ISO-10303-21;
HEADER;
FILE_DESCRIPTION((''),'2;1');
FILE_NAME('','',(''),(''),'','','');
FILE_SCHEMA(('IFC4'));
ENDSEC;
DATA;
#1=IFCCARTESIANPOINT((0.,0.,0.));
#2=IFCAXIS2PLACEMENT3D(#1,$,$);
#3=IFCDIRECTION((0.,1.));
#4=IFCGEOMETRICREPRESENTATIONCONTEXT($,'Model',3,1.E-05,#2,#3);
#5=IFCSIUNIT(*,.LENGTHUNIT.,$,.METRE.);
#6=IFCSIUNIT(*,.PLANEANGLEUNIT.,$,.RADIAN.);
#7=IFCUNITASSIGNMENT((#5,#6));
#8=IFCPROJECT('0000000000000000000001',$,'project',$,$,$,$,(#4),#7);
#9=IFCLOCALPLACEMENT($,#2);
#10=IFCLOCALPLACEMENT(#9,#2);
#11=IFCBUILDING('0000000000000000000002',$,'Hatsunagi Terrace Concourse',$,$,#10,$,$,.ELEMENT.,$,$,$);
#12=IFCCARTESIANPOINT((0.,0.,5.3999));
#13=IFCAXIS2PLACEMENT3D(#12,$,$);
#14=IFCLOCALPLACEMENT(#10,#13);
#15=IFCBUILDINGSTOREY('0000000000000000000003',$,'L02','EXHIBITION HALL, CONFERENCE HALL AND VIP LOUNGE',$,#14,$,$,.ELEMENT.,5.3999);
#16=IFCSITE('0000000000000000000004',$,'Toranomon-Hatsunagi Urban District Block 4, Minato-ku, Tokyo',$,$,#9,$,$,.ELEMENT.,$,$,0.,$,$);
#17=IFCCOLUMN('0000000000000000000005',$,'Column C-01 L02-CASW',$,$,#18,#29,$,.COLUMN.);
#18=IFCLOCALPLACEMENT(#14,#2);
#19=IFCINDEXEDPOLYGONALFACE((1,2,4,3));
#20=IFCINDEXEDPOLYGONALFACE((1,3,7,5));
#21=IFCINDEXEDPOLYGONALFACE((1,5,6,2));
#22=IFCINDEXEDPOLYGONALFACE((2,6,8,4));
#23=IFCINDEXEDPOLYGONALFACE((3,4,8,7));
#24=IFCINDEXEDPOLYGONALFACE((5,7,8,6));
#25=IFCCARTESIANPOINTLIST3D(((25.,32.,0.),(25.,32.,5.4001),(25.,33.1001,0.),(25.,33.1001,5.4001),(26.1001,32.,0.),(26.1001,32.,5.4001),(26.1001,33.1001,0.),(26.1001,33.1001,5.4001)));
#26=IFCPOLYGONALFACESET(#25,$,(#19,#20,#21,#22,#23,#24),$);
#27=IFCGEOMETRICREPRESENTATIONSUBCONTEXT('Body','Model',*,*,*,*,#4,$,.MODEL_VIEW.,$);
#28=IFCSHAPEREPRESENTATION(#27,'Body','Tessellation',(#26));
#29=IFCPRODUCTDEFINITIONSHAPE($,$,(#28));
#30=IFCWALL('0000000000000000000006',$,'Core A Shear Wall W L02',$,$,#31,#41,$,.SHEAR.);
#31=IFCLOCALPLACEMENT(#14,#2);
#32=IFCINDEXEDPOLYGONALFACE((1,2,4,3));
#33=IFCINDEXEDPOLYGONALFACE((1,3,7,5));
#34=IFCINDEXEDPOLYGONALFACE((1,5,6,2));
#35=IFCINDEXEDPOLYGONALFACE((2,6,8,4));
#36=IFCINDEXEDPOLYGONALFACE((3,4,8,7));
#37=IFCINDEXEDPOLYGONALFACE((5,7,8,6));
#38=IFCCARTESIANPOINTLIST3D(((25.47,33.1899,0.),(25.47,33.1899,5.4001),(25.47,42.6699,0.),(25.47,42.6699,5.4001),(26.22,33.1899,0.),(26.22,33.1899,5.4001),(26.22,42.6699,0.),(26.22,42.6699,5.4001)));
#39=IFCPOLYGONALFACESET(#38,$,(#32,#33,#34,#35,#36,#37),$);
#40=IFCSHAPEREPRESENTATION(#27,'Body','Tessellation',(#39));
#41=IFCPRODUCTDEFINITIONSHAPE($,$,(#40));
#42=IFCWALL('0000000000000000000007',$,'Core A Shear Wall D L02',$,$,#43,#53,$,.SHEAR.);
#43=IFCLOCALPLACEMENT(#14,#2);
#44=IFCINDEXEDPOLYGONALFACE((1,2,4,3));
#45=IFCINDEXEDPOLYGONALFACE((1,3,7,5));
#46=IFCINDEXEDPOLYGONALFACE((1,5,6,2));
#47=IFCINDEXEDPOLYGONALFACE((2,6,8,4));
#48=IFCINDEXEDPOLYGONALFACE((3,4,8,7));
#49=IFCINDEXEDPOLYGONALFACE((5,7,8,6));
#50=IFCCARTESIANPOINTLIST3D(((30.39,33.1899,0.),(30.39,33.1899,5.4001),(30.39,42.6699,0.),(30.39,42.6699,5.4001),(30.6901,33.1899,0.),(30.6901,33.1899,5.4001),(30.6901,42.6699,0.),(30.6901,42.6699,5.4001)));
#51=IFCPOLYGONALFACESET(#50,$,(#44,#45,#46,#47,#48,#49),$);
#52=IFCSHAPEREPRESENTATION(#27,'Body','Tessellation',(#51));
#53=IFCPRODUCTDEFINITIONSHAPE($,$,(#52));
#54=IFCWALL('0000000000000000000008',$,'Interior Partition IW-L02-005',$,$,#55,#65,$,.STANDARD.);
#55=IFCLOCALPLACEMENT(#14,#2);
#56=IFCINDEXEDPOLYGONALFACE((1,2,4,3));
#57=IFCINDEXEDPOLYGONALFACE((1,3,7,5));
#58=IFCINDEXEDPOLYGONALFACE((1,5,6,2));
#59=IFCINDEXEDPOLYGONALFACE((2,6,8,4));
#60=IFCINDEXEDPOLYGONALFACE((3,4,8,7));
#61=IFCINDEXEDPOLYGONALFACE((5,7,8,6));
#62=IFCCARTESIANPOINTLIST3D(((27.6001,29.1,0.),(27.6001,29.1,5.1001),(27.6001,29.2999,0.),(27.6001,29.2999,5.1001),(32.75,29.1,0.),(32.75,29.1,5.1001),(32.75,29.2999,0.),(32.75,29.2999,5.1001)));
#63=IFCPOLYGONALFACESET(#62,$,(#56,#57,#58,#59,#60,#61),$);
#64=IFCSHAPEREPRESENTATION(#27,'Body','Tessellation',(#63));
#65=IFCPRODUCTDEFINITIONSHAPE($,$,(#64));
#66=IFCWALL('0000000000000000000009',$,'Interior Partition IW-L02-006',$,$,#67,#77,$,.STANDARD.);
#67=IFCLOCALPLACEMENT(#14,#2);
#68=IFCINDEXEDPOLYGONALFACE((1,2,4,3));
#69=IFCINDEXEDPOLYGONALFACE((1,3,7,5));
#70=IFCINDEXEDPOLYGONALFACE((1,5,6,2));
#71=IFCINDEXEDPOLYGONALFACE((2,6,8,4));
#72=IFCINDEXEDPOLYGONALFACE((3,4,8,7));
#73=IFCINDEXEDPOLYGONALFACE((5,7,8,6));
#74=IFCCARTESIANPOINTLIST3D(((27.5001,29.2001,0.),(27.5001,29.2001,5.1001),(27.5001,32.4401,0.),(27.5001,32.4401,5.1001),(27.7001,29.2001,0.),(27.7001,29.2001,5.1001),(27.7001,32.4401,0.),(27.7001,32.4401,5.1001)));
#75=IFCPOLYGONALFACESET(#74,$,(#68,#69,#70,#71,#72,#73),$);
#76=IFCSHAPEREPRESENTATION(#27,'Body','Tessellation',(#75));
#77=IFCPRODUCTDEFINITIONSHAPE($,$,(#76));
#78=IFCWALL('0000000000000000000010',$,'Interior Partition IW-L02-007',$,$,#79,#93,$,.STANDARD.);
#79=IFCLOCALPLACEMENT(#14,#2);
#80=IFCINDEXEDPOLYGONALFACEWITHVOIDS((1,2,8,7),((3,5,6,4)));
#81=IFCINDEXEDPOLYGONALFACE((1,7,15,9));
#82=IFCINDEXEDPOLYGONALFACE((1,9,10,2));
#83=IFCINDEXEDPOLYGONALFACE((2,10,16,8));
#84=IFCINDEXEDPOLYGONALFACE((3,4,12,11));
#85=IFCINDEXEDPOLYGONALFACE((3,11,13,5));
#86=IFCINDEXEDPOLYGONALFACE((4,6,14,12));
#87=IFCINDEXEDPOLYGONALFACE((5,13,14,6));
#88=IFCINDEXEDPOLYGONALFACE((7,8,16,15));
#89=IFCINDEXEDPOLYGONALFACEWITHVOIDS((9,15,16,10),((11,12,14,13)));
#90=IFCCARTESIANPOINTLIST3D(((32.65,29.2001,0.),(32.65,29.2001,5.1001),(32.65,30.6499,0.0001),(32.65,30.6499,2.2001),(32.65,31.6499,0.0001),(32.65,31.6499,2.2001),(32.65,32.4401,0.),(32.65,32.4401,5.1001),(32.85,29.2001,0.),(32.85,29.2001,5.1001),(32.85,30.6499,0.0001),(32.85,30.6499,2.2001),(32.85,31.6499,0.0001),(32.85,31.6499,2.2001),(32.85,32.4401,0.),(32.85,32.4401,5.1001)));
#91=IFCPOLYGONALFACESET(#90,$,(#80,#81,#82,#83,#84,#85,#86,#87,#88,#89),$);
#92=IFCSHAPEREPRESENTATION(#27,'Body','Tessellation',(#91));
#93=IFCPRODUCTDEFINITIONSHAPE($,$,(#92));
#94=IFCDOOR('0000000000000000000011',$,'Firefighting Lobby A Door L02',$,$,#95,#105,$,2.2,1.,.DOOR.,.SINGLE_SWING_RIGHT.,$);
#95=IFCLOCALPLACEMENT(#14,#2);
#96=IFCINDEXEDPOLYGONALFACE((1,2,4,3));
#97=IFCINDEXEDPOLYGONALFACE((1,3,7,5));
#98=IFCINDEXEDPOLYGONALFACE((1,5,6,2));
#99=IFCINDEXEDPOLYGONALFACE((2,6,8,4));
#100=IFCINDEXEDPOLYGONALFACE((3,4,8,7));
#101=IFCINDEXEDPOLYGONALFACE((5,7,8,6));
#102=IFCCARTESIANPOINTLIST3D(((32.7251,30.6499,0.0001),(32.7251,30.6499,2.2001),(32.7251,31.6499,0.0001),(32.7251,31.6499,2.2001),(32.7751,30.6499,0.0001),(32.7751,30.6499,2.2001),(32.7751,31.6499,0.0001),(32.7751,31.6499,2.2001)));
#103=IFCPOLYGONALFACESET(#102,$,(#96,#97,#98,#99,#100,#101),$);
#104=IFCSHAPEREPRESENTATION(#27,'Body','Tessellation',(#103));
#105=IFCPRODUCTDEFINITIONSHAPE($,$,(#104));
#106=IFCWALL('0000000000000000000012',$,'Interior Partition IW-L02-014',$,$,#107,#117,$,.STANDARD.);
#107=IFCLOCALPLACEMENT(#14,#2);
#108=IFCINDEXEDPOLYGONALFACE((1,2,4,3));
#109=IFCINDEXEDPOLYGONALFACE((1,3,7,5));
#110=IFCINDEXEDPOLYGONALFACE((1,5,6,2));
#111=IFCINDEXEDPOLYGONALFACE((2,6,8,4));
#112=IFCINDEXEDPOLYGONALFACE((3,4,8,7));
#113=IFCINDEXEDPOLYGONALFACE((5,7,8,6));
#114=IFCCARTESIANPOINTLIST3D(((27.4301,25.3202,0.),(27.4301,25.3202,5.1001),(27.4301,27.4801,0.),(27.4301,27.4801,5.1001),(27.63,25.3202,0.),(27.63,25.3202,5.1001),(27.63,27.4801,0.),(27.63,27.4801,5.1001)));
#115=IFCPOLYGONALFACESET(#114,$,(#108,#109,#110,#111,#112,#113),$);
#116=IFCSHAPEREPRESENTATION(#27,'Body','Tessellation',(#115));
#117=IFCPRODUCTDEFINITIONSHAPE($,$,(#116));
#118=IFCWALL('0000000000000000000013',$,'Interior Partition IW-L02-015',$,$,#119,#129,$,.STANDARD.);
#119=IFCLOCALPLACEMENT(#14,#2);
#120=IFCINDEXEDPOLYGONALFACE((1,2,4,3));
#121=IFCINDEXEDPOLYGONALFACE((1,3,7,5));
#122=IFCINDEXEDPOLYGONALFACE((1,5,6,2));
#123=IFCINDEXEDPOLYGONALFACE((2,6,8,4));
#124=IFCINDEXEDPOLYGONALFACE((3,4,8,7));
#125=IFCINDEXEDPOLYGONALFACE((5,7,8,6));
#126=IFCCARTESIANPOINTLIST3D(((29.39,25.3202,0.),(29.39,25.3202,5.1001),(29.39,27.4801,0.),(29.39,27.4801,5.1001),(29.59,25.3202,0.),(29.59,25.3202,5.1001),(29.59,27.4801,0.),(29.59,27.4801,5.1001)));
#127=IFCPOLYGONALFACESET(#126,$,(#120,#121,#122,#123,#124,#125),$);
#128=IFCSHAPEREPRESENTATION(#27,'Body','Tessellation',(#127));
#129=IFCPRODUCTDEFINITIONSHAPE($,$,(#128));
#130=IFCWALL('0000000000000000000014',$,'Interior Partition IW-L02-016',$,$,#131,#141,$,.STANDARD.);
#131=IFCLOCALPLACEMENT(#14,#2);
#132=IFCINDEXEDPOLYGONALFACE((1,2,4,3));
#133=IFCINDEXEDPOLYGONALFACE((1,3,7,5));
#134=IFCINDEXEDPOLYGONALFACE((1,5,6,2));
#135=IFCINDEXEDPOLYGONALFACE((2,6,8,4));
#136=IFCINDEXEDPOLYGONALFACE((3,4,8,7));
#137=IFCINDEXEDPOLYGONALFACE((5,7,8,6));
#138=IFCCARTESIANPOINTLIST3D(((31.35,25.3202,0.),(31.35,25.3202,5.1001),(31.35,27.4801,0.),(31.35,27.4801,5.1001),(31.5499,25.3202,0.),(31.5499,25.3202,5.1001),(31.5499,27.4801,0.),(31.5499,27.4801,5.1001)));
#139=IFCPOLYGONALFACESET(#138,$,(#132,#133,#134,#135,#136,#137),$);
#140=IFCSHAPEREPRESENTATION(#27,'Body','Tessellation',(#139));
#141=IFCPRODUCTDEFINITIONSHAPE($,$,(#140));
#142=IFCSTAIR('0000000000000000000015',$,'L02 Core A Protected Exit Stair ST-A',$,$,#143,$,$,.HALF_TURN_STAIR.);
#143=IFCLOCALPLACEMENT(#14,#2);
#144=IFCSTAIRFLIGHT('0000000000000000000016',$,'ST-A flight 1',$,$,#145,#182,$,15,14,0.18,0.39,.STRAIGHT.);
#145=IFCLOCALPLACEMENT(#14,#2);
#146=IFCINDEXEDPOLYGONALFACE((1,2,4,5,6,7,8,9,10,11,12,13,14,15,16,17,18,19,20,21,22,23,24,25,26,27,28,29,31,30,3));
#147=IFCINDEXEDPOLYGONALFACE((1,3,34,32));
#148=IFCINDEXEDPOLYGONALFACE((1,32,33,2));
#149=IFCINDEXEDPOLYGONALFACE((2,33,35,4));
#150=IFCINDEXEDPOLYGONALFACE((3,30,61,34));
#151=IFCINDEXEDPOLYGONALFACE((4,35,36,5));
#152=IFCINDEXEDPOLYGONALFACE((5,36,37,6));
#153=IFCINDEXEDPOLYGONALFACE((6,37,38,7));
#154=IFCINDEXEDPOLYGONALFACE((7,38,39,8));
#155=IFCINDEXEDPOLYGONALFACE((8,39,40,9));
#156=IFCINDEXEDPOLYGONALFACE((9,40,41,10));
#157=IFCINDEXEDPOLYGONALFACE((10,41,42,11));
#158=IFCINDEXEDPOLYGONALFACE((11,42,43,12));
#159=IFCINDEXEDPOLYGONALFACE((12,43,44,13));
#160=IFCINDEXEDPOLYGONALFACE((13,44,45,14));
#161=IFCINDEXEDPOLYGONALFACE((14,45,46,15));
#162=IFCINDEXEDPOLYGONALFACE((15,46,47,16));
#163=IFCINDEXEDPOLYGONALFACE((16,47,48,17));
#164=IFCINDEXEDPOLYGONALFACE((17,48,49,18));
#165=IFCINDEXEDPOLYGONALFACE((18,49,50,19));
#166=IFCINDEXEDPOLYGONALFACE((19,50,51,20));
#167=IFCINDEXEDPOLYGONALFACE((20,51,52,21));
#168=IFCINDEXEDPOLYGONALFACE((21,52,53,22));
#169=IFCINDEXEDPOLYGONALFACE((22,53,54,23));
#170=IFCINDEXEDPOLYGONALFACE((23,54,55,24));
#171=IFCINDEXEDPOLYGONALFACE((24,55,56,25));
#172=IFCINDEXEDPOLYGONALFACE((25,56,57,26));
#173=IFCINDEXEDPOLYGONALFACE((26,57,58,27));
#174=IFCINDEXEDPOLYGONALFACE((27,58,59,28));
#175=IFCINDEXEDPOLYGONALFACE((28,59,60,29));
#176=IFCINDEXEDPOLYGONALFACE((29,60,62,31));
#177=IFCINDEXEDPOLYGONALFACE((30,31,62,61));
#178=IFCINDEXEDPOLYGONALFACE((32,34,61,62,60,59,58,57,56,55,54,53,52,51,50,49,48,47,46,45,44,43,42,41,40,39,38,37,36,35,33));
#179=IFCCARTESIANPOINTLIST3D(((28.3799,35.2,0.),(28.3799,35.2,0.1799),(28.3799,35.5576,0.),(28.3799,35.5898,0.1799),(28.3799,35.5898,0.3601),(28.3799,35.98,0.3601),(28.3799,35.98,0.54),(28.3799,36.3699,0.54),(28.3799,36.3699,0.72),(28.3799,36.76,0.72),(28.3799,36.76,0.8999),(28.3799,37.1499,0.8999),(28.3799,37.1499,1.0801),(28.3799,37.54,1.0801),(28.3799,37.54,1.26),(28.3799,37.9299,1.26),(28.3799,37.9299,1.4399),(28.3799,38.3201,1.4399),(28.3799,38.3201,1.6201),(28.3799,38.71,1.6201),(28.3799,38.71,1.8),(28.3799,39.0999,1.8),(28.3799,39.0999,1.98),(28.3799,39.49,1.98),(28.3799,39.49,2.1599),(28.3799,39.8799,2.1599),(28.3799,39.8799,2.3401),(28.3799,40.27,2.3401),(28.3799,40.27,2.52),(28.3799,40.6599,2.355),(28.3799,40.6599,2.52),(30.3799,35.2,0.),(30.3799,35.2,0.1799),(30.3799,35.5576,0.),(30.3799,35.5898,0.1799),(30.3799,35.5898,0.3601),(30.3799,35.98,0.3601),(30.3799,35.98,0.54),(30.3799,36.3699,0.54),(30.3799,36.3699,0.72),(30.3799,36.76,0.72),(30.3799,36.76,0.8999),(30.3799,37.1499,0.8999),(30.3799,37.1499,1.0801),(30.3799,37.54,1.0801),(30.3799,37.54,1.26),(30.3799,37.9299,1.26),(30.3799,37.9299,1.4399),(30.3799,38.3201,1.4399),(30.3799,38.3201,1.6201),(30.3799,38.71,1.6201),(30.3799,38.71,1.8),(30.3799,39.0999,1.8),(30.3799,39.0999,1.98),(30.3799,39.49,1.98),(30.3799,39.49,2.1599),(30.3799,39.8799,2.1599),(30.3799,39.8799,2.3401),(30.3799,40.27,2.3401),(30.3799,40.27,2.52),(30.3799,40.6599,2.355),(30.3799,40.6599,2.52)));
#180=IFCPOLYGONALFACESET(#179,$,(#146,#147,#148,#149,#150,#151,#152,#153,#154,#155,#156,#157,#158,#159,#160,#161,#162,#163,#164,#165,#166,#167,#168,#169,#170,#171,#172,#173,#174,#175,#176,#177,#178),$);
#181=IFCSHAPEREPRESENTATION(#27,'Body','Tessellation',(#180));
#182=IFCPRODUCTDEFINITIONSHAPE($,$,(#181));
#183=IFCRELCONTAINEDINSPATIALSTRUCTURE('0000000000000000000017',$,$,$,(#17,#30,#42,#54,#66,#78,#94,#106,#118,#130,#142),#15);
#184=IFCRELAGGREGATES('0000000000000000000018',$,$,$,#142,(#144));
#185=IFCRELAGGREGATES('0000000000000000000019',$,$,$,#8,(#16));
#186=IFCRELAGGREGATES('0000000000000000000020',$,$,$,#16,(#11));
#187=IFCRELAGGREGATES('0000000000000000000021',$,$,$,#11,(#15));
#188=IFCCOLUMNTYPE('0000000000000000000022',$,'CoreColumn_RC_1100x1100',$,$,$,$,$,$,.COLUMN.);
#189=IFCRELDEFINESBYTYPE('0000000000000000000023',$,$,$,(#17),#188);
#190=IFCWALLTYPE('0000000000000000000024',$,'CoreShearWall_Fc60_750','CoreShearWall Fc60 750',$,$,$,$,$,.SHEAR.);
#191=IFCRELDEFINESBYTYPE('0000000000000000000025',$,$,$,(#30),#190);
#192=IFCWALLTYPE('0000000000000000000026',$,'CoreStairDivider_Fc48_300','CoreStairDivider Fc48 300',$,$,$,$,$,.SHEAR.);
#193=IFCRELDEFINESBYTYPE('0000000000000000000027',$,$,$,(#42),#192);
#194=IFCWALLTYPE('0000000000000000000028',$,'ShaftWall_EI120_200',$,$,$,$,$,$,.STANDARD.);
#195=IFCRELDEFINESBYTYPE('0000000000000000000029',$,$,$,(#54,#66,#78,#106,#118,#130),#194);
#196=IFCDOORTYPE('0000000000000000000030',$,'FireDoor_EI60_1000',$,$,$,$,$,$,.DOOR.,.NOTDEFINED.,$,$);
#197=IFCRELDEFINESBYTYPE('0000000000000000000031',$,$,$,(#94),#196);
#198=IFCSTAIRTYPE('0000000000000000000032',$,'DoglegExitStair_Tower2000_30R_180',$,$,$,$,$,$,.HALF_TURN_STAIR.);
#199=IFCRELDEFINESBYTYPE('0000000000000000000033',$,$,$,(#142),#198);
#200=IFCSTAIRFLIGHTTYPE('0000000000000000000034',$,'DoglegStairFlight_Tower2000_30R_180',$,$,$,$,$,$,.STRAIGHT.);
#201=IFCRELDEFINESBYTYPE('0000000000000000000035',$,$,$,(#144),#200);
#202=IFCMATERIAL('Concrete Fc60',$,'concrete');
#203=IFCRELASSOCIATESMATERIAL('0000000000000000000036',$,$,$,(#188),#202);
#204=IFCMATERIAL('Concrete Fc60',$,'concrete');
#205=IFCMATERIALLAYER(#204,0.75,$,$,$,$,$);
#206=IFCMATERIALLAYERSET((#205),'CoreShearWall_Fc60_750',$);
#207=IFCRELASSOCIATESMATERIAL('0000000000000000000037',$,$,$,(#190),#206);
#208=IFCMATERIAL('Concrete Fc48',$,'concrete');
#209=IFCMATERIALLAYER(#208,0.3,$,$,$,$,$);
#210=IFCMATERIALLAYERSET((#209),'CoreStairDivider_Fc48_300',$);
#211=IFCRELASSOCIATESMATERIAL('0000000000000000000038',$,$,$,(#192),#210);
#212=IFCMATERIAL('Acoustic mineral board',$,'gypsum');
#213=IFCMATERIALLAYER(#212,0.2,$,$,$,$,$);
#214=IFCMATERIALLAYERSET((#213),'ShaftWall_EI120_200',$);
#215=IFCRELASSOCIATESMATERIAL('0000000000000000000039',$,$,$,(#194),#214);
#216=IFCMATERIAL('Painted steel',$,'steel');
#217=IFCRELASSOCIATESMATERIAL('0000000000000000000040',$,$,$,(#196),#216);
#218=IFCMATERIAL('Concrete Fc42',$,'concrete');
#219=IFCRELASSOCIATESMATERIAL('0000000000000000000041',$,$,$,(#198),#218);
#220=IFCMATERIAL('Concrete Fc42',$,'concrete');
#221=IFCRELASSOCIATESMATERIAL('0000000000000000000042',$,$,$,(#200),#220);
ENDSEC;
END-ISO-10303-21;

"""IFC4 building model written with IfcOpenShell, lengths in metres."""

from ifc_helpers import new_model, si_unit, direction, frame, frame_2d, origin, origin_2d, place, context, subcontext, project, spatial, polyline, rectangle, outline, extrude, material, layer, layer_set, material_profile, profile_set, type_object, element, fill, aggregate, save


model = new_model("IFC4")

# Units and contexts
model_context = context("Model", 3, precision=1e-05, world=origin(), true_north=direction((0.0, 1.0)))
body_context = subcontext(model_context, "Body", "Model", "MODEL_VIEW")
ifc_project = project(units=[si_unit("LENGTHUNIT", "METRE"), si_unit("PLANEANGLEUNIT", "RADIAN")], contexts=[model_context])

# Site, building, storey
site_placement = place(None, origin())
site = spatial("IfcSite", under=ifc_project, at=site_placement, Name="Toranomon-Hatsunagi Urban District Block 4, Minato-ku, Tokyo", CompositionType="ELEMENT", RefElevation=0.0)
building_placement = place(site_placement, origin())
building = spatial("IfcBuilding", under=site, at=building_placement, Name="Hatsunagi Terrace Concourse", CompositionType="ELEMENT")
storey_placement = place(building_placement, frame((0.0, 0.0, 5.3999)))
storey = spatial("IfcBuildingStorey", under=building, at=storey_placement, Name="L02", Description="EXHIBITION HALL, CONFERENCE HALL AND VIP LOUNGE", CompositionType="ELEMENT", Elevation=5.3999)

# Column
ifc_material_1 = material(Name="Concrete Fc60", Category="concrete")
ifc_material_profile = material_profile(ifc_material_1, rectangle(XDim=1.1001, YDim=1.1001, at=origin_2d()), Name="RC-1100x1100")
ifc_profile_set = profile_set([ifc_material_profile], Name="Concrete Fc60")
column_type = type_object("IfcColumnType", Name="CoreColumn_RC_1100x1100", PredefinedType="COLUMN", material=ifc_profile_set)
column_placement = place(storey_placement, frame((25.55, 32.55, 0.0), z_axis=(0.0, 0.0, 1.0), x_axis=(1.0, 0.0, 0.0)))
element("IfcColumn", 1, at=column_placement, inside=storey, type_object=column_type, Name="Column C-01 L02-CASW", PredefinedType="COLUMN", context=body_context, shape_type="SweptSolid", body=[
    extrude(rectangle(XDim=1.1001, YDim=1.1001, at=origin_2d()), origin(), (0.0, 0.0, 1.0), 5.4001),
])

# Walls
ifc_material_2 = material(Name="Concrete Fc60", Category="concrete")
ifc_layer_1 = layer(ifc_material_2, 0.75)
ifc_layer_set_1 = layer_set([ifc_layer_1], Name="CoreShearWall_Fc60_750")
wall_type_1 = type_object("IfcWallType", Name="CoreShearWall_Fc60_750", Description="CoreShearWall Fc60 750", PredefinedType="SHEAR", material=ifc_layer_set_1)
wall_1_placement = place(storey_placement, frame((25.845, 33.1899, 0.0), z_axis=(0.0, 0.0, 1.0), x_axis=(0.0, 1.0, 0.0)))
element("IfcWall", 2, at=wall_1_placement, inside=storey, type_object=wall_type_1, Name="Core A Shear Wall W L02", PredefinedType="SHEAR", context=body_context, shape_type="SweptSolid", body=[
    extrude(rectangle(XDim=9.48, YDim=0.75, at=frame_2d((4.74, 0.0))), origin(), (0.0, 0.0, 1.0), 5.4001),
])
ifc_material_3 = material(Name="Concrete Fc48", Category="concrete")
ifc_layer_2 = layer(ifc_material_3, 0.3)
ifc_layer_set_2 = layer_set([ifc_layer_2], Name="CoreStairDivider_Fc48_300")
wall_type_2 = type_object("IfcWallType", Name="CoreStairDivider_Fc48_300", Description="CoreStairDivider Fc48 300", PredefinedType="SHEAR", material=ifc_layer_set_2)
wall_2_placement = place(storey_placement, frame((30.54, 33.1899, 0.0), z_axis=(0.0, 0.0, 1.0), x_axis=(0.0, 1.0, 0.0)))
element("IfcWall", 3, at=wall_2_placement, inside=storey, type_object=wall_type_2, Name="Core A Shear Wall D L02", PredefinedType="SHEAR", context=body_context, shape_type="SweptSolid", body=[
    extrude(rectangle(XDim=9.48, YDim=0.3, at=frame_2d((4.74, 0.0))), origin(), (0.0, 0.0, 1.0), 5.4001),
])
ifc_material_4 = material(Name="Acoustic mineral board", Category="gypsum")
ifc_layer_3 = layer(ifc_material_4, 0.2)
ifc_layer_set_3 = layer_set([ifc_layer_3], Name="ShaftWall_EI120_200")
wall_type_3 = type_object("IfcWallType", Name="ShaftWall_EI120_200", PredefinedType="STANDARD", material=ifc_layer_set_3)
wall_3_placement = place(storey_placement, frame((27.6001, 29.2, 0.0), z_axis=(0.0, 0.0, 1.0), x_axis=(1.0, 0.0, 0.0)))
element("IfcWall", 4, at=wall_3_placement, inside=storey, type_object=wall_type_3, Name="Interior Partition IW-L02-005", PredefinedType="STANDARD", context=body_context, shape_type="SweptSolid", body=[
    extrude(rectangle(XDim=5.1499, YDim=0.2, at=frame_2d((2.575, 0.0))), origin(), (0.0, 0.0, 1.0), 5.1001),
])
wall_4_placement = place(storey_placement, frame((27.6001, 29.2, 0.0), z_axis=(0.0, 0.0, 1.0), x_axis=(0.0, 1.0, 0.0)))
element("IfcWall", 5, at=wall_4_placement, inside=storey, type_object=wall_type_3, Name="Interior Partition IW-L02-006", PredefinedType="STANDARD", context=body_context, shape_type="SweptSolid", body=[
    extrude(rectangle(XDim=3.24, YDim=0.2, at=frame_2d((1.6201, 0.0))), origin(), (0.0, 0.0, 1.0), 5.1001),
])

# Wall, opening, door
wall_5_placement = place(storey_placement, frame((32.75, 29.2, 0.0), z_axis=(0.0, 0.0, 1.0), x_axis=(0.0, 1.0, 0.0)))
wall_5 = element("IfcWall", 6, at=wall_5_placement, inside=storey, type_object=wall_type_3, Name="Interior Partition IW-L02-007", PredefinedType="STANDARD", context=body_context, shape_type="SweptSolid", body=[
    extrude(rectangle(XDim=3.24, YDim=0.2, at=frame_2d((1.6201, 0.0))), origin(), (0.0, 0.0, 1.0), 5.1001),
])
opening_placement = place(wall_5_placement, frame((1.45, 0.0, 0.0)))
opening = element("IfcOpeningElement", 7, at=opening_placement, cuts=wall_5, PredefinedType="OPENING", context=body_context, shape_type="SweptSolid", body=[
    extrude(rectangle(XDim=1.0, YDim=2.2, at=frame_2d((0.5, 1.1001))), frame((0.0, 0.1099, 0.0), z_axis=(0.0, -1.0, 0.0), x_axis=(1.0, 0.0, 0.0)), (0.0, 0.0, 1.0), 0.22),
])
ifc_material_5 = material(Name="Painted steel", Category="steel")
door_type = type_object("IfcDoorType", Name="FireDoor_EI60_1000", OperationType="NOTDEFINED", PredefinedType="DOOR", material=ifc_material_5)
door_placement = place(opening_placement, origin())
door = element("IfcDoor", 8, at=door_placement, inside=storey, type_object=door_type, Name="Firefighting Lobby A Door L02", OperationType="SINGLE_SWING_RIGHT", OverallHeight=2.2, OverallWidth=1.0, PredefinedType="DOOR", context=body_context, shape_type="SweptSolid", body=[
    extrude(rectangle(XDim=1.0, YDim=2.2, at=frame_2d((0.5, 1.1001))), frame((0.0, 0.0249, 0.0), z_axis=(0.0, -1.0, 0.0), x_axis=(1.0, 0.0, 0.0)), (0.0, 0.0, 1.0), 0.05),
])
fill(opening, door)

# Walls
for number, where, z_axis, x_axis, name in (
    (9, (27.53, 25.3201, 0.0), (0.0, 0.0, 1.0), (0.0, 1.0, 0.0), "Interior Partition IW-L02-014"),
    (10, (29.49, 25.3201, 0.0), (0.0, 0.0, 1.0), (0.0, 1.0, 0.0), "Interior Partition IW-L02-015"),
    (11, (31.45, 25.3201, 0.0), (0.0, 0.0, 1.0), (0.0, 1.0, 0.0), "Interior Partition IW-L02-016"),
):
    element("IfcWall", number, at=place(storey_placement, frame(where, z_axis=z_axis, x_axis=x_axis)), inside=storey, type_object=wall_type_3, Name=name, PredefinedType="STANDARD", context=body_context, shape_type="SweptSolid", body=[
        extrude(rectangle(XDim=2.1599, YDim=0.2, at=frame_2d((1.0801, 0.0))), origin(), (0.0, 0.0, 1.0), 5.1001),
    ])

# Stair, stair flight
ifc_material_6 = material(Name="Concrete Fc42", Category="concrete")
stair_type = type_object("IfcStairType", Name="DoglegExitStair_Tower2000_30R_180", PredefinedType="HALF_TURN_STAIR", material=ifc_material_6)
stair_placement = place(storey_placement, origin())
stair = element("IfcStair", 12, at=stair_placement, inside=storey, type_object=stair_type, Name="L02 Core A Protected Exit Stair ST-A", PredefinedType="HALF_TURN_STAIR")
ifc_material_7 = material(Name="Concrete Fc42", Category="concrete")
stair_flight_type = type_object("IfcStairFlightType", Name="DoglegStairFlight_Tower2000_30R_180", PredefinedType="STRAIGHT", material=ifc_material_7)
stair_flight_placement = place(storey_placement, frame((29.3799, 35.2, 0.0), z_axis=(0.0, 0.0, 1.0), x_axis=(0.0, 1.0, 0.0)))
stair_flight = element("IfcStairFlight", 13, at=stair_flight_placement, type_object=stair_flight_type, Name="ST-A flight 1", NumberOfRisers=15, NumberOfTreads=14, PredefinedType="STRAIGHT", RiserHeight=0.18, TreadLength=0.39, context=body_context, shape_type="SweptSolid", body=[
    extrude(outline(polyline([(0.0, 0.0), (0.0, 0.1799), (0.3899, 0.1799), (0.3899, 0.3601), (0.78, 0.3601), (0.78, 0.54), (1.1699, 0.54), (1.1699, 0.72), (1.5601, 0.72), (1.5601, 0.8999), (1.95, 0.8999), (1.95, 1.0801), (2.3401, 1.0801), (2.3401, 1.26), (2.73, 1.26), (2.73, 1.4399), (3.1201, 1.4399), (3.1201, 1.6201), (3.51, 1.6201), (3.51, 1.8), (3.8999, 1.8), (3.8999, 1.98), (4.29, 1.98), (4.29, 2.1599), (4.6799, 2.1599), (4.6799, 2.3401), (5.0701, 2.3401), (5.0701, 2.52), (5.46, 2.52), (5.46, 2.7), (5.46, 2.355), (0.3577, 0.0), (0.0, 0.0)])), frame((0.0, 1.0, 0.0), z_axis=(0.0, -1.0, 0.0), x_axis=(1.0, 0.0, 0.0)), (0.0, 0.0, 1.0), 2.0),
])
aggregate(stair, [stair_flight])

save(model, "model.ifc")
